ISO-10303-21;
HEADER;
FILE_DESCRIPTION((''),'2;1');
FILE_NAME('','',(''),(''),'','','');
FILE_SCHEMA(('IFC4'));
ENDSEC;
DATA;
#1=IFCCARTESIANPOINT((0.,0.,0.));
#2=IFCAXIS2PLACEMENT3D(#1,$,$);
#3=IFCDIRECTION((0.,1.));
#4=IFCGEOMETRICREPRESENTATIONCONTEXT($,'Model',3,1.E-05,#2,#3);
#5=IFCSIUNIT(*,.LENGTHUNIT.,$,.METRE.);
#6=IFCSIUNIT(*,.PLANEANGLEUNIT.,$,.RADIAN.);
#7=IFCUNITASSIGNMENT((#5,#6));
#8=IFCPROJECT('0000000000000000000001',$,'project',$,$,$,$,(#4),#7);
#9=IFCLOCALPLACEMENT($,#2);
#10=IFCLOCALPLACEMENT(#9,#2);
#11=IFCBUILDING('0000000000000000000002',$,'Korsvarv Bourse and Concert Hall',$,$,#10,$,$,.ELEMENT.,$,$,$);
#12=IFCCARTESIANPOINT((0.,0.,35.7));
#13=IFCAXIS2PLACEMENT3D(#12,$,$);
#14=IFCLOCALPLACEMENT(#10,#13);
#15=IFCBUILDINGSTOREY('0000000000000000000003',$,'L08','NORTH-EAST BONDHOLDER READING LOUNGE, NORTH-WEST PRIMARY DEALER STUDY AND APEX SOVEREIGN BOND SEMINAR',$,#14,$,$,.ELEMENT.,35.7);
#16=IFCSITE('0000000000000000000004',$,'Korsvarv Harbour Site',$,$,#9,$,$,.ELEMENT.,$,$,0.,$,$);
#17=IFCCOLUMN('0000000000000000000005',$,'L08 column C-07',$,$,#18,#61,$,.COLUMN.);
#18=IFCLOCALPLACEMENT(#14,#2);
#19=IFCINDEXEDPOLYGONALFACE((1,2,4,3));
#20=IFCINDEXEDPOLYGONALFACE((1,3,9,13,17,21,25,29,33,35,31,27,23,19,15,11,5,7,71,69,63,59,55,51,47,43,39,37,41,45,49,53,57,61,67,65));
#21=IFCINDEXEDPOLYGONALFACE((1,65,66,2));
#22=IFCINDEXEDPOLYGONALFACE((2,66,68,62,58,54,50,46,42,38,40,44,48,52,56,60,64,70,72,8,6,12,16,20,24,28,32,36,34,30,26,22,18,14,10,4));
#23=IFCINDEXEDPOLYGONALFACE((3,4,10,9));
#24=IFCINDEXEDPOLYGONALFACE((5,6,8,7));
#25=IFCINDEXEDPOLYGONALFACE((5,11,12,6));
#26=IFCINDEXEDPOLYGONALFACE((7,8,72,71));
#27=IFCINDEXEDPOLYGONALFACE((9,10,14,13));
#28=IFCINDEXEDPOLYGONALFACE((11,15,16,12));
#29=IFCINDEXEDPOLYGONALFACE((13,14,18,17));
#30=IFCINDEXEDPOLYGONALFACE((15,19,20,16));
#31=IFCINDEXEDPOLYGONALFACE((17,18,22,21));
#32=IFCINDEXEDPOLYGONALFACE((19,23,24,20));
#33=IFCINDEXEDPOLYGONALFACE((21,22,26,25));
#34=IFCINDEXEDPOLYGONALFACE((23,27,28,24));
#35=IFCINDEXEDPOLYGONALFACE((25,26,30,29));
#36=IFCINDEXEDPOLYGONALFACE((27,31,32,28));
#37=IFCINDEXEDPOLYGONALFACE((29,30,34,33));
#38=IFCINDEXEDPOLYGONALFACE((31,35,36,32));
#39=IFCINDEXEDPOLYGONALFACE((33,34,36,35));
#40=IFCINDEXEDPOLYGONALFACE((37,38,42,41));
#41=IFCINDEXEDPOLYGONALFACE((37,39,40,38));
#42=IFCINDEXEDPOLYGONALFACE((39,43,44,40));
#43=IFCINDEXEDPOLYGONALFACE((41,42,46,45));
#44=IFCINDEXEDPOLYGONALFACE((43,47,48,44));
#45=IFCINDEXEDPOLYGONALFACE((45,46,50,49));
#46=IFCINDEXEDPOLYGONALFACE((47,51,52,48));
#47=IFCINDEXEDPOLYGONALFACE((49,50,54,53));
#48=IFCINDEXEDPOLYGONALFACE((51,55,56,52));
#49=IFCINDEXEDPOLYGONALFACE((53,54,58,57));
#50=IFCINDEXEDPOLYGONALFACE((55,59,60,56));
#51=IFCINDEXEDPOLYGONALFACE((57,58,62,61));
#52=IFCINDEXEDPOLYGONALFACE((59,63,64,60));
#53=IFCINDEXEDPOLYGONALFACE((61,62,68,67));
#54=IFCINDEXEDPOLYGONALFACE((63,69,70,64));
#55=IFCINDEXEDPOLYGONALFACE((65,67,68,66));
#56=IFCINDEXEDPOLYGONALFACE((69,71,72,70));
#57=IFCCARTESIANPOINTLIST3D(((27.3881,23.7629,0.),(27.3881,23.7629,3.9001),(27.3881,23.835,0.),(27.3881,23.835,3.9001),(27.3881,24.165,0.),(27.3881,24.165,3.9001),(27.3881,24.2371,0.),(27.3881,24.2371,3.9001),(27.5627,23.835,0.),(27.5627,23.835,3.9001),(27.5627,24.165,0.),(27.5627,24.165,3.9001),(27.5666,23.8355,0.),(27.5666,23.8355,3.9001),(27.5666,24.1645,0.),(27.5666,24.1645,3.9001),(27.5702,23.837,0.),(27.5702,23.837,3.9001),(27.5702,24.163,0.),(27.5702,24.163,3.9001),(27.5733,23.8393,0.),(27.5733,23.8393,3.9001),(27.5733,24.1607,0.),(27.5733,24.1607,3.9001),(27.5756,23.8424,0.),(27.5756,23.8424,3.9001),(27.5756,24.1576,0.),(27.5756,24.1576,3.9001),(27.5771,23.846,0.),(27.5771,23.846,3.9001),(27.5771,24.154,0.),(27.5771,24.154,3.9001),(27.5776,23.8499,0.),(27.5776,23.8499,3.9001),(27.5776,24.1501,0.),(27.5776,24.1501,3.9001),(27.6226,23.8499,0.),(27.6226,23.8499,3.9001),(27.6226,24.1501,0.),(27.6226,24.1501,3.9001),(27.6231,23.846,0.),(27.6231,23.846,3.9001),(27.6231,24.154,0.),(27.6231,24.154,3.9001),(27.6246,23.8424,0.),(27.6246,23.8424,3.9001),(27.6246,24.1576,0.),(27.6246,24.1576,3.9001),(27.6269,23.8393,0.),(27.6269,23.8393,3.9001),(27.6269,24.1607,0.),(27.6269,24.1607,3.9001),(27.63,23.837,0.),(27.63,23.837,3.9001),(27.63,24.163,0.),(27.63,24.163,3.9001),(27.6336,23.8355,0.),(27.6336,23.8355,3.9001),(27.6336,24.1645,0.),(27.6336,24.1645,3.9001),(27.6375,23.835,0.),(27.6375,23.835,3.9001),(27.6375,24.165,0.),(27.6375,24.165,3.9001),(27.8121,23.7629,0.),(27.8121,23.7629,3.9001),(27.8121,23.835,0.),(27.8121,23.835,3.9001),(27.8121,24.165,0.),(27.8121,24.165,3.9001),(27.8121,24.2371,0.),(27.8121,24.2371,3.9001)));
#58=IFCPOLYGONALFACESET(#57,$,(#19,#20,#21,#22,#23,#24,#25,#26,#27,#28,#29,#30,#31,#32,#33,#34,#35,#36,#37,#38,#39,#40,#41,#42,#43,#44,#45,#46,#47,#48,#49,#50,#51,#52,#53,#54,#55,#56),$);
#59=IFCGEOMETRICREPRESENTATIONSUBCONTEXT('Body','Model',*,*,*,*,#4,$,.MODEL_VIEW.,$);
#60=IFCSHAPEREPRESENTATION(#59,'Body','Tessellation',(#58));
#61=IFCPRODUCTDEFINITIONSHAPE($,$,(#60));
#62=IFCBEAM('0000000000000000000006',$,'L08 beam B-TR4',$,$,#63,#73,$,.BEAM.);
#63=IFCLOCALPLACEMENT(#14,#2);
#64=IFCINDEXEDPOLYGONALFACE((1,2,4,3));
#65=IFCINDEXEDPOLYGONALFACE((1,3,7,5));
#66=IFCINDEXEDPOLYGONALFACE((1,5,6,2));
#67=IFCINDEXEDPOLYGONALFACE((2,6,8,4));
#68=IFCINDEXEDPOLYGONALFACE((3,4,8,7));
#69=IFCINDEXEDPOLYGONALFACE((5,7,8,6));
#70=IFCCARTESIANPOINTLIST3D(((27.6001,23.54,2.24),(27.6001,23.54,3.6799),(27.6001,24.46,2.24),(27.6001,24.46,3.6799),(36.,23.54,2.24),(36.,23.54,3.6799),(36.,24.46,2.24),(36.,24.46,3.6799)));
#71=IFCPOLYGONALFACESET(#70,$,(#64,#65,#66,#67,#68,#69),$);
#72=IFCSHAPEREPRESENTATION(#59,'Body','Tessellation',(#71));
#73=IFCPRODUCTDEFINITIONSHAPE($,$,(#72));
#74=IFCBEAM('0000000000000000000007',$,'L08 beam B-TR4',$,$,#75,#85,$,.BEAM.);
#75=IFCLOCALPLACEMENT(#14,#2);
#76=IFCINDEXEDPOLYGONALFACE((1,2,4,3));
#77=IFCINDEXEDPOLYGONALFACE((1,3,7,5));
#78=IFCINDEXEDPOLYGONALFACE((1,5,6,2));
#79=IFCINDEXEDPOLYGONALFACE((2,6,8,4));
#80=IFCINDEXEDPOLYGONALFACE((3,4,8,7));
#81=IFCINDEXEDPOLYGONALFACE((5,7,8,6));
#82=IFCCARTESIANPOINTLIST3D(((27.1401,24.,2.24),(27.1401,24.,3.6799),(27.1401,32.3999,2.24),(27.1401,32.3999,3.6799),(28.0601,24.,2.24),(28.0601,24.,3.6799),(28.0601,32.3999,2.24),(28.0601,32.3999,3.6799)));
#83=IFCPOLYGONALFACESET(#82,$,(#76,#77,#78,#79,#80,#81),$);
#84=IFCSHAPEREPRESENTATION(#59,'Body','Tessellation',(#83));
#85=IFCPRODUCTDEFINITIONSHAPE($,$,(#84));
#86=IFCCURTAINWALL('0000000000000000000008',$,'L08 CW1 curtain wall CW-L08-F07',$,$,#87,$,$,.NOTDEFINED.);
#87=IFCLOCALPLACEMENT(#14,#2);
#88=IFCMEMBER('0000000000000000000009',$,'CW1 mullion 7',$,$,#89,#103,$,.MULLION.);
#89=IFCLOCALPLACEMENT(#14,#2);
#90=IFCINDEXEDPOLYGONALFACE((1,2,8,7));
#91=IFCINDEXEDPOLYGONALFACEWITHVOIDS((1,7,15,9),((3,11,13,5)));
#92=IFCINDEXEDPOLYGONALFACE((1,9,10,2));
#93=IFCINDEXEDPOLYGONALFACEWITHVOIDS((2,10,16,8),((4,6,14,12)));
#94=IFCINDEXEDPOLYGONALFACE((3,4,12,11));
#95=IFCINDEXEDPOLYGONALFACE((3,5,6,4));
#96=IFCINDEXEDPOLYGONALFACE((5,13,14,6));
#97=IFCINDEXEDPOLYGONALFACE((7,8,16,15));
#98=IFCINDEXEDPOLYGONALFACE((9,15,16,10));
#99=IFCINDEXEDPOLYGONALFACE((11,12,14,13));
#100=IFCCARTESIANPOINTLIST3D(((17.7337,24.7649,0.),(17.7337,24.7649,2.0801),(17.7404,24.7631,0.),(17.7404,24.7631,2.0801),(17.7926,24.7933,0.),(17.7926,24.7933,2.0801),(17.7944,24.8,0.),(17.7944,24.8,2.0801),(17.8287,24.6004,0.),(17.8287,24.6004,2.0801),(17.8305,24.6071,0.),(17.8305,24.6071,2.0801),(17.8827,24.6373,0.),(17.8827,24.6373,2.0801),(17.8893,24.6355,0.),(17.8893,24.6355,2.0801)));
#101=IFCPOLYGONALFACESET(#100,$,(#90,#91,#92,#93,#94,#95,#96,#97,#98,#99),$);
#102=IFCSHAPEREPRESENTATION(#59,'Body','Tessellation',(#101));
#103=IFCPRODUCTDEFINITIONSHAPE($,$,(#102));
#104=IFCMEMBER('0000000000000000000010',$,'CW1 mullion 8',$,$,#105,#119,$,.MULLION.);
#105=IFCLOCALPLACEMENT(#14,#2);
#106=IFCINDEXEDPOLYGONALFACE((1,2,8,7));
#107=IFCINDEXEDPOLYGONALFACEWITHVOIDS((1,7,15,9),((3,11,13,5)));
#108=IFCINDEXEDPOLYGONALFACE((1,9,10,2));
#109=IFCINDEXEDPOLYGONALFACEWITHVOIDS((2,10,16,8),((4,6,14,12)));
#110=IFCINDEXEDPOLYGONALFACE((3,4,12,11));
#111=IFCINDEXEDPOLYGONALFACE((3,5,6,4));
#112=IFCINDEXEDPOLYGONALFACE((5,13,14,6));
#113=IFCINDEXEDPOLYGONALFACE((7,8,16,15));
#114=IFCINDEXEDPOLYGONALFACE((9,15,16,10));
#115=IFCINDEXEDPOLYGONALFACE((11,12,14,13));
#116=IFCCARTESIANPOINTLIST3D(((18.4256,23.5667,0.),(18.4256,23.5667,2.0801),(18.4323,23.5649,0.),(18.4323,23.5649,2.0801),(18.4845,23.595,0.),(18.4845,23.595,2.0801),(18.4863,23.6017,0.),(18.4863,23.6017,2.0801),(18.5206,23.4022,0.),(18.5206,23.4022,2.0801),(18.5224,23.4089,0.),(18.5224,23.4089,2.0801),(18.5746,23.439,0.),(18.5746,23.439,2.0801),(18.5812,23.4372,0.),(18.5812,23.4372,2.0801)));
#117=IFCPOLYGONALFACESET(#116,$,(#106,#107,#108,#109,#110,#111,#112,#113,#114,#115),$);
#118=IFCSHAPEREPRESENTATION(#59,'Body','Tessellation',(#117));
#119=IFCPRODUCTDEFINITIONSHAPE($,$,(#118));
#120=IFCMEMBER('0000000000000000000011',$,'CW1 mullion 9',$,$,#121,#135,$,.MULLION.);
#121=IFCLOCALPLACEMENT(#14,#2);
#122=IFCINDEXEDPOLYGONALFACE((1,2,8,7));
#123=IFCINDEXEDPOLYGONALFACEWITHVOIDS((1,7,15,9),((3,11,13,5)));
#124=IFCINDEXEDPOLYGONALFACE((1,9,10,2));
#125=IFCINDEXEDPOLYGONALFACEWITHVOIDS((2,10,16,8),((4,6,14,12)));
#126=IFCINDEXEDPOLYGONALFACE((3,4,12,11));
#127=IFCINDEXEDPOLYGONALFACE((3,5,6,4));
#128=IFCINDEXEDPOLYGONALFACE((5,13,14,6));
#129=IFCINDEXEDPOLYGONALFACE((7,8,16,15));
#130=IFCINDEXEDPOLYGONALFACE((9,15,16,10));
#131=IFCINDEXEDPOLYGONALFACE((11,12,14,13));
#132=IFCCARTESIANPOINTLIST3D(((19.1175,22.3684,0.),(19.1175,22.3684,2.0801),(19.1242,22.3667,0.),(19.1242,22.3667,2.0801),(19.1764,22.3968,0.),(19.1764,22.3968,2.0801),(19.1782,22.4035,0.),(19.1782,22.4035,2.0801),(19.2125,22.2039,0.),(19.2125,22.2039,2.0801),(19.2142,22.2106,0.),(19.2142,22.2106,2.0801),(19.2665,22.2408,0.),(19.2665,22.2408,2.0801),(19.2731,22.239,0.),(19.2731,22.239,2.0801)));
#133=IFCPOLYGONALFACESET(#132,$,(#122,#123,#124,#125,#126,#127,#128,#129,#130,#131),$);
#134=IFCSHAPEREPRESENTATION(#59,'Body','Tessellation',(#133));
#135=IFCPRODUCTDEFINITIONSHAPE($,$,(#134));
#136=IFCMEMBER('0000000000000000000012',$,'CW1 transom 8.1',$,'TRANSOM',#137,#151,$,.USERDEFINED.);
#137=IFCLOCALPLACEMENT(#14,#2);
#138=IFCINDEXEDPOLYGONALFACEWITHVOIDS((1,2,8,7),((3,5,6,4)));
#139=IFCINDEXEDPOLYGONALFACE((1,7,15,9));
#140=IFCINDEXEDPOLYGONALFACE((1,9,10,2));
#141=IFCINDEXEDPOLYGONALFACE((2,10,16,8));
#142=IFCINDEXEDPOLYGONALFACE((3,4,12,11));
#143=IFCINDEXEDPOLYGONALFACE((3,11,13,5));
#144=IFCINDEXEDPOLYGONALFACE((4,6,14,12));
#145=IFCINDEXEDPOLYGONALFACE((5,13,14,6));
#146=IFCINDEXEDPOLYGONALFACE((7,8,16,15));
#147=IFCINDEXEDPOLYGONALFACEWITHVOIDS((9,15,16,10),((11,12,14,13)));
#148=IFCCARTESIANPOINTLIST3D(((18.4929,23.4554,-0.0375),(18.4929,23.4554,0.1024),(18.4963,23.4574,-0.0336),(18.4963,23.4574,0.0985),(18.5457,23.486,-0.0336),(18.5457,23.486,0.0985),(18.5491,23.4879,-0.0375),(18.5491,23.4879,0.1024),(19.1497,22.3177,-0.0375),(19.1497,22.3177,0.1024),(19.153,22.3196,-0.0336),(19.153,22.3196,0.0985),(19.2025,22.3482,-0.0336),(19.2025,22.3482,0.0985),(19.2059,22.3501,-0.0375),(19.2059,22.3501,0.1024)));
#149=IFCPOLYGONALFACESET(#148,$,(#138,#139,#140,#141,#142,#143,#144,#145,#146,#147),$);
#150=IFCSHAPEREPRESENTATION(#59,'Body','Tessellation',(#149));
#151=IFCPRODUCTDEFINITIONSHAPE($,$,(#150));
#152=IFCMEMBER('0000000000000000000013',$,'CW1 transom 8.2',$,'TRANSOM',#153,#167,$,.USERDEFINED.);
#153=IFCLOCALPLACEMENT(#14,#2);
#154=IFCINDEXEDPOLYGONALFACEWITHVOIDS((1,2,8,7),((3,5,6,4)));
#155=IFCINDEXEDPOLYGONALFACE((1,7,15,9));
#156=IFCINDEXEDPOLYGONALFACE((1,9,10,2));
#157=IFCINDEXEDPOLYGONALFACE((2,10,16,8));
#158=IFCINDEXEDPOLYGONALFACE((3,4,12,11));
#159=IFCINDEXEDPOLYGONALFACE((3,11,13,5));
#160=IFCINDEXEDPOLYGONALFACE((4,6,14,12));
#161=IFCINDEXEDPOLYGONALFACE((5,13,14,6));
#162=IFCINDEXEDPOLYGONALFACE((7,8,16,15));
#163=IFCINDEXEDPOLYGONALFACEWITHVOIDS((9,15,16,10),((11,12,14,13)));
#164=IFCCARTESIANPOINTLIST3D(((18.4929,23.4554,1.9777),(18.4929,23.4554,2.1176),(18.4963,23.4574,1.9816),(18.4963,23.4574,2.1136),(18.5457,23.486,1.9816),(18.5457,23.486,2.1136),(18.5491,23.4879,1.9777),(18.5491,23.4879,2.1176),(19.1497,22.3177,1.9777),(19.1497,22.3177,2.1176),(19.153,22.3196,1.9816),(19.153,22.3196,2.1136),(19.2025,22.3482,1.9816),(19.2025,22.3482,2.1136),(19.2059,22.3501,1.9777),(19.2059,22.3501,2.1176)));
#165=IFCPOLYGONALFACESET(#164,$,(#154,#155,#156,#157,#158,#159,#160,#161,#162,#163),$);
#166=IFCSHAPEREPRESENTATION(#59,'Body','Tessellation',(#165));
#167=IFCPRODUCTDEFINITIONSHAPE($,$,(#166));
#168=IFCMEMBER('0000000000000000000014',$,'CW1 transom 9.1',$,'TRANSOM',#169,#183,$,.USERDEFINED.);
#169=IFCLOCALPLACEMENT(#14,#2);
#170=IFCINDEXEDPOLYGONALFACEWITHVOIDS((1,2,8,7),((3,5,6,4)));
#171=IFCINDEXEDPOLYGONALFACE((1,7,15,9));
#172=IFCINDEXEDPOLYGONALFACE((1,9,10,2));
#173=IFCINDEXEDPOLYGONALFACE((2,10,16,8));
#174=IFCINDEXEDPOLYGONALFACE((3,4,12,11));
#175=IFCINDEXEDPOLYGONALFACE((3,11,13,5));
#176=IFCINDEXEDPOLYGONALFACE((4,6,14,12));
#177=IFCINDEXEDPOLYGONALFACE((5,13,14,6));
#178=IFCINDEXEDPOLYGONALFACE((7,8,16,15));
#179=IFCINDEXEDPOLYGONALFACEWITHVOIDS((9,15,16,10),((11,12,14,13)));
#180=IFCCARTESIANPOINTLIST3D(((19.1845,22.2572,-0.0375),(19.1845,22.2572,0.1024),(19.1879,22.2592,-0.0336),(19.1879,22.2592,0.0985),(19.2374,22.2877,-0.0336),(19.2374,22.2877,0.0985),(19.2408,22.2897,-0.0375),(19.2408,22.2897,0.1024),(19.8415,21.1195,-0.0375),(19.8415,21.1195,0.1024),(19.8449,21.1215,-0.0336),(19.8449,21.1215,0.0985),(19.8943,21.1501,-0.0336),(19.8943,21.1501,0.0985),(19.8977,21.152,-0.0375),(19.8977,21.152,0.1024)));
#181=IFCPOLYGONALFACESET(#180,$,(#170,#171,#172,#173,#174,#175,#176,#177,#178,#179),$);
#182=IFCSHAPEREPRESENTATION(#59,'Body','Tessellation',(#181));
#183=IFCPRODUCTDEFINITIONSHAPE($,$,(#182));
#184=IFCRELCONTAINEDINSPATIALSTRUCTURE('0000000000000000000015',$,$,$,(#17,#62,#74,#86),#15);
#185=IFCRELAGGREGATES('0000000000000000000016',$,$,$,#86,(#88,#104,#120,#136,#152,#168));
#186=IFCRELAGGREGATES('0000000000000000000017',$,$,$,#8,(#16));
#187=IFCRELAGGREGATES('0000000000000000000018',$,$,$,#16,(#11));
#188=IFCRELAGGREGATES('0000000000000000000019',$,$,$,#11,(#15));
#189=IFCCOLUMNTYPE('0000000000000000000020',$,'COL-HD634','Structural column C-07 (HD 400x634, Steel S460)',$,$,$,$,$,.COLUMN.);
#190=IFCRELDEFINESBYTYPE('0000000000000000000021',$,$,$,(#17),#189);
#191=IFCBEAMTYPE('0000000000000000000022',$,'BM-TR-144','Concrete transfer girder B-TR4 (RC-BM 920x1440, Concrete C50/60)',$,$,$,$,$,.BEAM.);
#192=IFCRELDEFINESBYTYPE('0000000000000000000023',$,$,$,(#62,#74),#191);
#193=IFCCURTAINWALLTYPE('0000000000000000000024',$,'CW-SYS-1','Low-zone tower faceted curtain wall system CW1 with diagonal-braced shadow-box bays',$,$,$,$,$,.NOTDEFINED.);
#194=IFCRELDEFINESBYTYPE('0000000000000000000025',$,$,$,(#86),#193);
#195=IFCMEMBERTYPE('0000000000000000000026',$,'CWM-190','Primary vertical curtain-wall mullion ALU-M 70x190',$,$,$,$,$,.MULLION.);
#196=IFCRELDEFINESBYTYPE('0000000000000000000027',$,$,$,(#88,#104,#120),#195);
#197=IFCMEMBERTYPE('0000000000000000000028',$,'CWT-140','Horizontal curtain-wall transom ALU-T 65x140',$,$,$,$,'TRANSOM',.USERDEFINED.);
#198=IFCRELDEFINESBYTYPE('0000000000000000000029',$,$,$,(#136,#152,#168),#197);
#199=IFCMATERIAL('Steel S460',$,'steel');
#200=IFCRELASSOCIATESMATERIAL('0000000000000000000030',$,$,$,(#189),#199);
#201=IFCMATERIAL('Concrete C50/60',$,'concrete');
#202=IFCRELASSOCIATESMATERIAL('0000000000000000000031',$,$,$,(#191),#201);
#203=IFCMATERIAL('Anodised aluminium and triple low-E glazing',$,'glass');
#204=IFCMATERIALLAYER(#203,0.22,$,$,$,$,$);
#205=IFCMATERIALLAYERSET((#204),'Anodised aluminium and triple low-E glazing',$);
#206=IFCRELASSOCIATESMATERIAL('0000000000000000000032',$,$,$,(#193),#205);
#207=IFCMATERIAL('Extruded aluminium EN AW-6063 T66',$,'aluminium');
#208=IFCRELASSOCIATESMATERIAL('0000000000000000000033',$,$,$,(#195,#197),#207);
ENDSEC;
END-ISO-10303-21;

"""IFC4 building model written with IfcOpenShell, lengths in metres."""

from ifc_helpers import new_model, si_unit, direction, frame, origin, origin_2d, place, context, subcontext, project, spatial, rectangle, hollow_rectangle, i_section, extrude, source, transform, mapped, material, layer, layer_set, material_profile, profile_set, type_object, element, aggregate, save


model = new_model("IFC4")

# Units and contexts
model_context = context("Model", 3, precision=1e-05, world=origin(), true_north=direction((0.0, 1.0)))
body_context = subcontext(model_context, "Body", "Model", "MODEL_VIEW")
ifc_project = project(units=[si_unit("LENGTHUNIT", "METRE"), si_unit("PLANEANGLEUNIT", "RADIAN")], contexts=[model_context])

# Site, building, storey
site_placement = place(None, origin())
site = spatial("IfcSite", under=ifc_project, at=site_placement, Name="Korsvarv Harbour Site", CompositionType="ELEMENT", RefElevation=0.0)
building_placement = place(site_placement, origin())
building = spatial("IfcBuilding", under=site, at=building_placement, Name="Korsvarv Bourse and Concert Hall", CompositionType="ELEMENT")
storey_placement = place(building_placement, frame((0.0, 0.0, 35.7)))
storey = spatial("IfcBuildingStorey", under=building, at=storey_placement, Name="L08", Description="NORTH-EAST BONDHOLDER READING LOUNGE, NORTH-WEST PRIMARY DEALER STUDY AND APEX SOVEREIGN BOND SEMINAR", CompositionType="ELEMENT", Elevation=35.7)

# Column
ifc_material_1 = material(Name="Steel S460", Category="steel")
ifc_material_profile_1 = material_profile(ifc_material_1, i_section(OverallWidth=0.4241, OverallDepth=0.4741, WebThickness=0.0449, FlangeThickness=0.072, FilletRadius=0.0149, at=origin_2d()), Name="HD 400x634")
ifc_profile_set_1 = profile_set([ifc_material_profile_1], Name="Steel S460")
column_type = type_object("IfcColumnType", Name="COL-HD634", Description="Structural column C-07 (HD 400x634, Steel S460)", PredefinedType="COLUMN", material=ifc_profile_set_1)
shared_shape_1 = source(origin(), body_context, "Body", "SweptSolid", [
    extrude(i_section(OverallWidth=0.4241, OverallDepth=0.4741, WebThickness=0.0449, FlangeThickness=0.072, FilletRadius=0.0149, at=origin_2d()), origin(), (0.0, 0.0, 1.0), 3.9001),
])
column_placement = place(storey_placement, frame((27.6001, 24.0, 0.0), z_axis=(0.0, 0.0, 1.0), x_axis=(1.0, 0.0, 0.0)))
element("IfcColumn", 1, at=column_placement, inside=storey, type_object=column_type, Name="L08 column C-07", PredefinedType="COLUMN", context=body_context, shape_type="MappedRepresentation", body=[
    mapped(shared_shape_1, transform((0.0, 0.0, 0.0), scale=1.0)),
])

# Beams
ifc_material_2 = material(Name="Concrete C50/60", Category="concrete")
ifc_material_profile_2 = material_profile(ifc_material_2, rectangle(XDim=0.9199, YDim=1.4399, at=origin_2d()), Name="RC-BM 920x1440")
ifc_profile_set_2 = profile_set([ifc_material_profile_2], Name="Concrete C50/60")
beam_type = type_object("IfcBeamType", Name="BM-TR-144", Description="Concrete transfer girder B-TR4 (RC-BM 920x1440, Concrete C50/60)", PredefinedType="BEAM", material=ifc_profile_set_2)
shared_shape_2 = source(origin(), body_context, "Body", "SweptSolid", [
    extrude(rectangle(XDim=0.9199, YDim=1.4399, at=origin_2d()), origin(), (0.0, 0.0, 1.0), 8.3999),
])
for number, where, z_axis, x_axis, name in (
    (2, (27.6001, 24.0, 2.96), (1.0, 0.0, 0.0), (0.0, 1.0, 0.0), "L08 beam B-TR4"),
    (3, (27.6001, 24.0, 2.96), (0.0, 1.0, 0.0), (-1.0, 0.0, 0.0), "L08 beam B-TR4"),
):
    element("IfcBeam", number, at=place(storey_placement, frame(where, z_axis=z_axis, x_axis=x_axis)), inside=storey, type_object=beam_type, Name=name, PredefinedType="BEAM", context=body_context, shape_type="MappedRepresentation", body=[
        mapped(shared_shape_2, transform((0.0, 0.0, 0.0), scale=1.0)),
    ])

# Curtain wall, members
ifc_material_3 = material(Name="Anodised aluminium and triple low-E glazing", Category="glass")
ifc_layer_1 = layer(ifc_material_3, 0.22)
ifc_layer_set_1 = layer_set([ifc_layer_1], Name="Anodised aluminium and triple low-E glazing")
curtain_wall_type = type_object("IfcCurtainWallType", Name="CW-SYS-1", Description="Low-zone tower faceted curtain wall system CW1 with diagonal-braced shadow-box bays", PredefinedType="NOTDEFINED", material=ifc_layer_set_1)
curtain_wall_placement = place(storey_placement, origin())
curtain_wall = element("IfcCurtainWall", 4, at=curtain_wall_placement, inside=storey, type_object=curtain_wall_type, Name="L08 CW1 curtain wall CW-L08-F07", PredefinedType="NOTDEFINED")
ifc_material_4 = material(Name="Extruded aluminium EN AW-6063 T66", Category="aluminium")
ifc_material_profile_3 = material_profile(ifc_material_4, hollow_rectangle(XDim=0.0701, YDim=0.1899, WallThickness=0.0049, at=origin_2d()), Name="ALU-M 70x190")
ifc_profile_set_3 = profile_set([ifc_material_profile_3], Name="Extruded aluminium EN AW-6063 T66")
member_type_1 = type_object("IfcMemberType", Name="CWM-190", Description="Primary vertical curtain-wall mullion ALU-M 70x190", PredefinedType="MULLION", material=ifc_profile_set_3)
shared_shape_3 = source(origin(), body_context, "Body", "SweptSolid", [
    extrude(hollow_rectangle(XDim=0.0701, YDim=0.1899, WallThickness=0.0049, at=origin_2d()), origin(), (0.0, 0.0, 1.0), 2.0801),
])
member_1_placement = place(storey_placement, frame((17.8115, 24.7002, 0.0), z_axis=(0.0, 0.0, 1.0), x_axis=(0.866026, 0.5, 0.0)))
member_1 = element("IfcMember", 5, at=member_1_placement, type_object=member_type_1, Name="CW1 mullion 7", PredefinedType="MULLION", context=body_context, shape_type="MappedRepresentation", body=[
    mapped(shared_shape_3, transform((0.0, 0.0, 0.0), scale=1.0)),
])
member_2_placement = place(storey_placement, frame((18.5034, 23.502, 0.0), z_axis=(0.0, 0.0, 1.0), x_axis=(0.866026, 0.5, 0.0)))
member_2 = element("IfcMember", 6, at=member_2_placement, type_object=member_type_1, Name="CW1 mullion 8", PredefinedType="MULLION", context=body_context, shape_type="MappedRepresentation", body=[
    mapped(shared_shape_3, transform((0.0, 0.0, 0.0), scale=1.0)),
])
member_3_placement = place(storey_placement, frame((19.1953, 22.3037, 0.0), z_axis=(0.0, 0.0, 1.0), x_axis=(0.866026, 0.5, 0.0)))
member_3 = element("IfcMember", 7, at=member_3_placement, type_object=member_type_1, Name="CW1 mullion 9", PredefinedType="MULLION", context=body_context, shape_type="MappedRepresentation", body=[
    mapped(shared_shape_3, transform((0.0, 0.0, 0.0), scale=1.0)),
])
ifc_material_profile_4 = material_profile(ifc_material_4, hollow_rectangle(XDim=0.0649, YDim=0.1399, WallThickness=0.0039, at=origin_2d()), Name="ALU-T 65x140")
ifc_profile_set_4 = profile_set([ifc_material_profile_4], Name="Extruded aluminium EN AW-6063 T66")
member_type_2 = type_object("IfcMemberType", Name="CWT-140", Description="Horizontal curtain-wall transom ALU-T 65x140", ElementType="TRANSOM", PredefinedType="USERDEFINED", material=ifc_profile_set_4)
shared_shape_4 = source(origin(), body_context, "Body", "SweptSolid", [
    extrude(hollow_rectangle(XDim=0.0649, YDim=0.1399, WallThickness=0.0039, at=origin_2d()), origin(), (0.0, 0.0, 1.0), 1.3137),
])
member_4_placement = place(storey_placement, frame((18.521, 23.4717, 0.0325), z_axis=(0.499937, -0.866062, 0.0), x_axis=(0.866062, 0.499937, 0.0)))
member_4 = element("IfcMember", 8, at=member_4_placement, type_object=member_type_2, Name="CW1 transom 8.1", ObjectType="TRANSOM", PredefinedType="USERDEFINED", context=body_context, shape_type="MappedRepresentation", body=[
    mapped(shared_shape_4, transform((0.0, 0.0, 0.0), scale=1.0)),
])
member_5_placement = place(storey_placement, frame((18.521, 23.4717, 2.0476), z_axis=(0.499937, -0.866062, 0.0), x_axis=(0.866062, 0.499937, 0.0)))
member_5 = element("IfcMember", 9, at=member_5_placement, type_object=member_type_2, Name="CW1 transom 8.2", ObjectType="TRANSOM", PredefinedType="USERDEFINED", context=body_context, shape_type="MappedRepresentation", body=[
    mapped(shared_shape_4, transform((0.0, 0.0, 0.0), scale=1.0)),
])
member_6_placement = place(storey_placement, frame((19.2126, 22.2734, 0.0325), z_axis=(0.500076, -0.865981, 0.0), x_axis=(0.865981, 0.500076, 0.0)))
member_6 = element("IfcMember", 10, at=member_6_placement, type_object=member_type_2, Name="CW1 transom 9.1", ObjectType="TRANSOM", PredefinedType="USERDEFINED", context=body_context, shape_type="MappedRepresentation", body=[
    mapped(shared_shape_4, transform((0.0, 0.0, 0.0), scale=1.0)),
])
aggregate(curtain_wall, [member_1, member_2, member_3, member_4, member_5, member_6])

save(model, "model.ifc")
